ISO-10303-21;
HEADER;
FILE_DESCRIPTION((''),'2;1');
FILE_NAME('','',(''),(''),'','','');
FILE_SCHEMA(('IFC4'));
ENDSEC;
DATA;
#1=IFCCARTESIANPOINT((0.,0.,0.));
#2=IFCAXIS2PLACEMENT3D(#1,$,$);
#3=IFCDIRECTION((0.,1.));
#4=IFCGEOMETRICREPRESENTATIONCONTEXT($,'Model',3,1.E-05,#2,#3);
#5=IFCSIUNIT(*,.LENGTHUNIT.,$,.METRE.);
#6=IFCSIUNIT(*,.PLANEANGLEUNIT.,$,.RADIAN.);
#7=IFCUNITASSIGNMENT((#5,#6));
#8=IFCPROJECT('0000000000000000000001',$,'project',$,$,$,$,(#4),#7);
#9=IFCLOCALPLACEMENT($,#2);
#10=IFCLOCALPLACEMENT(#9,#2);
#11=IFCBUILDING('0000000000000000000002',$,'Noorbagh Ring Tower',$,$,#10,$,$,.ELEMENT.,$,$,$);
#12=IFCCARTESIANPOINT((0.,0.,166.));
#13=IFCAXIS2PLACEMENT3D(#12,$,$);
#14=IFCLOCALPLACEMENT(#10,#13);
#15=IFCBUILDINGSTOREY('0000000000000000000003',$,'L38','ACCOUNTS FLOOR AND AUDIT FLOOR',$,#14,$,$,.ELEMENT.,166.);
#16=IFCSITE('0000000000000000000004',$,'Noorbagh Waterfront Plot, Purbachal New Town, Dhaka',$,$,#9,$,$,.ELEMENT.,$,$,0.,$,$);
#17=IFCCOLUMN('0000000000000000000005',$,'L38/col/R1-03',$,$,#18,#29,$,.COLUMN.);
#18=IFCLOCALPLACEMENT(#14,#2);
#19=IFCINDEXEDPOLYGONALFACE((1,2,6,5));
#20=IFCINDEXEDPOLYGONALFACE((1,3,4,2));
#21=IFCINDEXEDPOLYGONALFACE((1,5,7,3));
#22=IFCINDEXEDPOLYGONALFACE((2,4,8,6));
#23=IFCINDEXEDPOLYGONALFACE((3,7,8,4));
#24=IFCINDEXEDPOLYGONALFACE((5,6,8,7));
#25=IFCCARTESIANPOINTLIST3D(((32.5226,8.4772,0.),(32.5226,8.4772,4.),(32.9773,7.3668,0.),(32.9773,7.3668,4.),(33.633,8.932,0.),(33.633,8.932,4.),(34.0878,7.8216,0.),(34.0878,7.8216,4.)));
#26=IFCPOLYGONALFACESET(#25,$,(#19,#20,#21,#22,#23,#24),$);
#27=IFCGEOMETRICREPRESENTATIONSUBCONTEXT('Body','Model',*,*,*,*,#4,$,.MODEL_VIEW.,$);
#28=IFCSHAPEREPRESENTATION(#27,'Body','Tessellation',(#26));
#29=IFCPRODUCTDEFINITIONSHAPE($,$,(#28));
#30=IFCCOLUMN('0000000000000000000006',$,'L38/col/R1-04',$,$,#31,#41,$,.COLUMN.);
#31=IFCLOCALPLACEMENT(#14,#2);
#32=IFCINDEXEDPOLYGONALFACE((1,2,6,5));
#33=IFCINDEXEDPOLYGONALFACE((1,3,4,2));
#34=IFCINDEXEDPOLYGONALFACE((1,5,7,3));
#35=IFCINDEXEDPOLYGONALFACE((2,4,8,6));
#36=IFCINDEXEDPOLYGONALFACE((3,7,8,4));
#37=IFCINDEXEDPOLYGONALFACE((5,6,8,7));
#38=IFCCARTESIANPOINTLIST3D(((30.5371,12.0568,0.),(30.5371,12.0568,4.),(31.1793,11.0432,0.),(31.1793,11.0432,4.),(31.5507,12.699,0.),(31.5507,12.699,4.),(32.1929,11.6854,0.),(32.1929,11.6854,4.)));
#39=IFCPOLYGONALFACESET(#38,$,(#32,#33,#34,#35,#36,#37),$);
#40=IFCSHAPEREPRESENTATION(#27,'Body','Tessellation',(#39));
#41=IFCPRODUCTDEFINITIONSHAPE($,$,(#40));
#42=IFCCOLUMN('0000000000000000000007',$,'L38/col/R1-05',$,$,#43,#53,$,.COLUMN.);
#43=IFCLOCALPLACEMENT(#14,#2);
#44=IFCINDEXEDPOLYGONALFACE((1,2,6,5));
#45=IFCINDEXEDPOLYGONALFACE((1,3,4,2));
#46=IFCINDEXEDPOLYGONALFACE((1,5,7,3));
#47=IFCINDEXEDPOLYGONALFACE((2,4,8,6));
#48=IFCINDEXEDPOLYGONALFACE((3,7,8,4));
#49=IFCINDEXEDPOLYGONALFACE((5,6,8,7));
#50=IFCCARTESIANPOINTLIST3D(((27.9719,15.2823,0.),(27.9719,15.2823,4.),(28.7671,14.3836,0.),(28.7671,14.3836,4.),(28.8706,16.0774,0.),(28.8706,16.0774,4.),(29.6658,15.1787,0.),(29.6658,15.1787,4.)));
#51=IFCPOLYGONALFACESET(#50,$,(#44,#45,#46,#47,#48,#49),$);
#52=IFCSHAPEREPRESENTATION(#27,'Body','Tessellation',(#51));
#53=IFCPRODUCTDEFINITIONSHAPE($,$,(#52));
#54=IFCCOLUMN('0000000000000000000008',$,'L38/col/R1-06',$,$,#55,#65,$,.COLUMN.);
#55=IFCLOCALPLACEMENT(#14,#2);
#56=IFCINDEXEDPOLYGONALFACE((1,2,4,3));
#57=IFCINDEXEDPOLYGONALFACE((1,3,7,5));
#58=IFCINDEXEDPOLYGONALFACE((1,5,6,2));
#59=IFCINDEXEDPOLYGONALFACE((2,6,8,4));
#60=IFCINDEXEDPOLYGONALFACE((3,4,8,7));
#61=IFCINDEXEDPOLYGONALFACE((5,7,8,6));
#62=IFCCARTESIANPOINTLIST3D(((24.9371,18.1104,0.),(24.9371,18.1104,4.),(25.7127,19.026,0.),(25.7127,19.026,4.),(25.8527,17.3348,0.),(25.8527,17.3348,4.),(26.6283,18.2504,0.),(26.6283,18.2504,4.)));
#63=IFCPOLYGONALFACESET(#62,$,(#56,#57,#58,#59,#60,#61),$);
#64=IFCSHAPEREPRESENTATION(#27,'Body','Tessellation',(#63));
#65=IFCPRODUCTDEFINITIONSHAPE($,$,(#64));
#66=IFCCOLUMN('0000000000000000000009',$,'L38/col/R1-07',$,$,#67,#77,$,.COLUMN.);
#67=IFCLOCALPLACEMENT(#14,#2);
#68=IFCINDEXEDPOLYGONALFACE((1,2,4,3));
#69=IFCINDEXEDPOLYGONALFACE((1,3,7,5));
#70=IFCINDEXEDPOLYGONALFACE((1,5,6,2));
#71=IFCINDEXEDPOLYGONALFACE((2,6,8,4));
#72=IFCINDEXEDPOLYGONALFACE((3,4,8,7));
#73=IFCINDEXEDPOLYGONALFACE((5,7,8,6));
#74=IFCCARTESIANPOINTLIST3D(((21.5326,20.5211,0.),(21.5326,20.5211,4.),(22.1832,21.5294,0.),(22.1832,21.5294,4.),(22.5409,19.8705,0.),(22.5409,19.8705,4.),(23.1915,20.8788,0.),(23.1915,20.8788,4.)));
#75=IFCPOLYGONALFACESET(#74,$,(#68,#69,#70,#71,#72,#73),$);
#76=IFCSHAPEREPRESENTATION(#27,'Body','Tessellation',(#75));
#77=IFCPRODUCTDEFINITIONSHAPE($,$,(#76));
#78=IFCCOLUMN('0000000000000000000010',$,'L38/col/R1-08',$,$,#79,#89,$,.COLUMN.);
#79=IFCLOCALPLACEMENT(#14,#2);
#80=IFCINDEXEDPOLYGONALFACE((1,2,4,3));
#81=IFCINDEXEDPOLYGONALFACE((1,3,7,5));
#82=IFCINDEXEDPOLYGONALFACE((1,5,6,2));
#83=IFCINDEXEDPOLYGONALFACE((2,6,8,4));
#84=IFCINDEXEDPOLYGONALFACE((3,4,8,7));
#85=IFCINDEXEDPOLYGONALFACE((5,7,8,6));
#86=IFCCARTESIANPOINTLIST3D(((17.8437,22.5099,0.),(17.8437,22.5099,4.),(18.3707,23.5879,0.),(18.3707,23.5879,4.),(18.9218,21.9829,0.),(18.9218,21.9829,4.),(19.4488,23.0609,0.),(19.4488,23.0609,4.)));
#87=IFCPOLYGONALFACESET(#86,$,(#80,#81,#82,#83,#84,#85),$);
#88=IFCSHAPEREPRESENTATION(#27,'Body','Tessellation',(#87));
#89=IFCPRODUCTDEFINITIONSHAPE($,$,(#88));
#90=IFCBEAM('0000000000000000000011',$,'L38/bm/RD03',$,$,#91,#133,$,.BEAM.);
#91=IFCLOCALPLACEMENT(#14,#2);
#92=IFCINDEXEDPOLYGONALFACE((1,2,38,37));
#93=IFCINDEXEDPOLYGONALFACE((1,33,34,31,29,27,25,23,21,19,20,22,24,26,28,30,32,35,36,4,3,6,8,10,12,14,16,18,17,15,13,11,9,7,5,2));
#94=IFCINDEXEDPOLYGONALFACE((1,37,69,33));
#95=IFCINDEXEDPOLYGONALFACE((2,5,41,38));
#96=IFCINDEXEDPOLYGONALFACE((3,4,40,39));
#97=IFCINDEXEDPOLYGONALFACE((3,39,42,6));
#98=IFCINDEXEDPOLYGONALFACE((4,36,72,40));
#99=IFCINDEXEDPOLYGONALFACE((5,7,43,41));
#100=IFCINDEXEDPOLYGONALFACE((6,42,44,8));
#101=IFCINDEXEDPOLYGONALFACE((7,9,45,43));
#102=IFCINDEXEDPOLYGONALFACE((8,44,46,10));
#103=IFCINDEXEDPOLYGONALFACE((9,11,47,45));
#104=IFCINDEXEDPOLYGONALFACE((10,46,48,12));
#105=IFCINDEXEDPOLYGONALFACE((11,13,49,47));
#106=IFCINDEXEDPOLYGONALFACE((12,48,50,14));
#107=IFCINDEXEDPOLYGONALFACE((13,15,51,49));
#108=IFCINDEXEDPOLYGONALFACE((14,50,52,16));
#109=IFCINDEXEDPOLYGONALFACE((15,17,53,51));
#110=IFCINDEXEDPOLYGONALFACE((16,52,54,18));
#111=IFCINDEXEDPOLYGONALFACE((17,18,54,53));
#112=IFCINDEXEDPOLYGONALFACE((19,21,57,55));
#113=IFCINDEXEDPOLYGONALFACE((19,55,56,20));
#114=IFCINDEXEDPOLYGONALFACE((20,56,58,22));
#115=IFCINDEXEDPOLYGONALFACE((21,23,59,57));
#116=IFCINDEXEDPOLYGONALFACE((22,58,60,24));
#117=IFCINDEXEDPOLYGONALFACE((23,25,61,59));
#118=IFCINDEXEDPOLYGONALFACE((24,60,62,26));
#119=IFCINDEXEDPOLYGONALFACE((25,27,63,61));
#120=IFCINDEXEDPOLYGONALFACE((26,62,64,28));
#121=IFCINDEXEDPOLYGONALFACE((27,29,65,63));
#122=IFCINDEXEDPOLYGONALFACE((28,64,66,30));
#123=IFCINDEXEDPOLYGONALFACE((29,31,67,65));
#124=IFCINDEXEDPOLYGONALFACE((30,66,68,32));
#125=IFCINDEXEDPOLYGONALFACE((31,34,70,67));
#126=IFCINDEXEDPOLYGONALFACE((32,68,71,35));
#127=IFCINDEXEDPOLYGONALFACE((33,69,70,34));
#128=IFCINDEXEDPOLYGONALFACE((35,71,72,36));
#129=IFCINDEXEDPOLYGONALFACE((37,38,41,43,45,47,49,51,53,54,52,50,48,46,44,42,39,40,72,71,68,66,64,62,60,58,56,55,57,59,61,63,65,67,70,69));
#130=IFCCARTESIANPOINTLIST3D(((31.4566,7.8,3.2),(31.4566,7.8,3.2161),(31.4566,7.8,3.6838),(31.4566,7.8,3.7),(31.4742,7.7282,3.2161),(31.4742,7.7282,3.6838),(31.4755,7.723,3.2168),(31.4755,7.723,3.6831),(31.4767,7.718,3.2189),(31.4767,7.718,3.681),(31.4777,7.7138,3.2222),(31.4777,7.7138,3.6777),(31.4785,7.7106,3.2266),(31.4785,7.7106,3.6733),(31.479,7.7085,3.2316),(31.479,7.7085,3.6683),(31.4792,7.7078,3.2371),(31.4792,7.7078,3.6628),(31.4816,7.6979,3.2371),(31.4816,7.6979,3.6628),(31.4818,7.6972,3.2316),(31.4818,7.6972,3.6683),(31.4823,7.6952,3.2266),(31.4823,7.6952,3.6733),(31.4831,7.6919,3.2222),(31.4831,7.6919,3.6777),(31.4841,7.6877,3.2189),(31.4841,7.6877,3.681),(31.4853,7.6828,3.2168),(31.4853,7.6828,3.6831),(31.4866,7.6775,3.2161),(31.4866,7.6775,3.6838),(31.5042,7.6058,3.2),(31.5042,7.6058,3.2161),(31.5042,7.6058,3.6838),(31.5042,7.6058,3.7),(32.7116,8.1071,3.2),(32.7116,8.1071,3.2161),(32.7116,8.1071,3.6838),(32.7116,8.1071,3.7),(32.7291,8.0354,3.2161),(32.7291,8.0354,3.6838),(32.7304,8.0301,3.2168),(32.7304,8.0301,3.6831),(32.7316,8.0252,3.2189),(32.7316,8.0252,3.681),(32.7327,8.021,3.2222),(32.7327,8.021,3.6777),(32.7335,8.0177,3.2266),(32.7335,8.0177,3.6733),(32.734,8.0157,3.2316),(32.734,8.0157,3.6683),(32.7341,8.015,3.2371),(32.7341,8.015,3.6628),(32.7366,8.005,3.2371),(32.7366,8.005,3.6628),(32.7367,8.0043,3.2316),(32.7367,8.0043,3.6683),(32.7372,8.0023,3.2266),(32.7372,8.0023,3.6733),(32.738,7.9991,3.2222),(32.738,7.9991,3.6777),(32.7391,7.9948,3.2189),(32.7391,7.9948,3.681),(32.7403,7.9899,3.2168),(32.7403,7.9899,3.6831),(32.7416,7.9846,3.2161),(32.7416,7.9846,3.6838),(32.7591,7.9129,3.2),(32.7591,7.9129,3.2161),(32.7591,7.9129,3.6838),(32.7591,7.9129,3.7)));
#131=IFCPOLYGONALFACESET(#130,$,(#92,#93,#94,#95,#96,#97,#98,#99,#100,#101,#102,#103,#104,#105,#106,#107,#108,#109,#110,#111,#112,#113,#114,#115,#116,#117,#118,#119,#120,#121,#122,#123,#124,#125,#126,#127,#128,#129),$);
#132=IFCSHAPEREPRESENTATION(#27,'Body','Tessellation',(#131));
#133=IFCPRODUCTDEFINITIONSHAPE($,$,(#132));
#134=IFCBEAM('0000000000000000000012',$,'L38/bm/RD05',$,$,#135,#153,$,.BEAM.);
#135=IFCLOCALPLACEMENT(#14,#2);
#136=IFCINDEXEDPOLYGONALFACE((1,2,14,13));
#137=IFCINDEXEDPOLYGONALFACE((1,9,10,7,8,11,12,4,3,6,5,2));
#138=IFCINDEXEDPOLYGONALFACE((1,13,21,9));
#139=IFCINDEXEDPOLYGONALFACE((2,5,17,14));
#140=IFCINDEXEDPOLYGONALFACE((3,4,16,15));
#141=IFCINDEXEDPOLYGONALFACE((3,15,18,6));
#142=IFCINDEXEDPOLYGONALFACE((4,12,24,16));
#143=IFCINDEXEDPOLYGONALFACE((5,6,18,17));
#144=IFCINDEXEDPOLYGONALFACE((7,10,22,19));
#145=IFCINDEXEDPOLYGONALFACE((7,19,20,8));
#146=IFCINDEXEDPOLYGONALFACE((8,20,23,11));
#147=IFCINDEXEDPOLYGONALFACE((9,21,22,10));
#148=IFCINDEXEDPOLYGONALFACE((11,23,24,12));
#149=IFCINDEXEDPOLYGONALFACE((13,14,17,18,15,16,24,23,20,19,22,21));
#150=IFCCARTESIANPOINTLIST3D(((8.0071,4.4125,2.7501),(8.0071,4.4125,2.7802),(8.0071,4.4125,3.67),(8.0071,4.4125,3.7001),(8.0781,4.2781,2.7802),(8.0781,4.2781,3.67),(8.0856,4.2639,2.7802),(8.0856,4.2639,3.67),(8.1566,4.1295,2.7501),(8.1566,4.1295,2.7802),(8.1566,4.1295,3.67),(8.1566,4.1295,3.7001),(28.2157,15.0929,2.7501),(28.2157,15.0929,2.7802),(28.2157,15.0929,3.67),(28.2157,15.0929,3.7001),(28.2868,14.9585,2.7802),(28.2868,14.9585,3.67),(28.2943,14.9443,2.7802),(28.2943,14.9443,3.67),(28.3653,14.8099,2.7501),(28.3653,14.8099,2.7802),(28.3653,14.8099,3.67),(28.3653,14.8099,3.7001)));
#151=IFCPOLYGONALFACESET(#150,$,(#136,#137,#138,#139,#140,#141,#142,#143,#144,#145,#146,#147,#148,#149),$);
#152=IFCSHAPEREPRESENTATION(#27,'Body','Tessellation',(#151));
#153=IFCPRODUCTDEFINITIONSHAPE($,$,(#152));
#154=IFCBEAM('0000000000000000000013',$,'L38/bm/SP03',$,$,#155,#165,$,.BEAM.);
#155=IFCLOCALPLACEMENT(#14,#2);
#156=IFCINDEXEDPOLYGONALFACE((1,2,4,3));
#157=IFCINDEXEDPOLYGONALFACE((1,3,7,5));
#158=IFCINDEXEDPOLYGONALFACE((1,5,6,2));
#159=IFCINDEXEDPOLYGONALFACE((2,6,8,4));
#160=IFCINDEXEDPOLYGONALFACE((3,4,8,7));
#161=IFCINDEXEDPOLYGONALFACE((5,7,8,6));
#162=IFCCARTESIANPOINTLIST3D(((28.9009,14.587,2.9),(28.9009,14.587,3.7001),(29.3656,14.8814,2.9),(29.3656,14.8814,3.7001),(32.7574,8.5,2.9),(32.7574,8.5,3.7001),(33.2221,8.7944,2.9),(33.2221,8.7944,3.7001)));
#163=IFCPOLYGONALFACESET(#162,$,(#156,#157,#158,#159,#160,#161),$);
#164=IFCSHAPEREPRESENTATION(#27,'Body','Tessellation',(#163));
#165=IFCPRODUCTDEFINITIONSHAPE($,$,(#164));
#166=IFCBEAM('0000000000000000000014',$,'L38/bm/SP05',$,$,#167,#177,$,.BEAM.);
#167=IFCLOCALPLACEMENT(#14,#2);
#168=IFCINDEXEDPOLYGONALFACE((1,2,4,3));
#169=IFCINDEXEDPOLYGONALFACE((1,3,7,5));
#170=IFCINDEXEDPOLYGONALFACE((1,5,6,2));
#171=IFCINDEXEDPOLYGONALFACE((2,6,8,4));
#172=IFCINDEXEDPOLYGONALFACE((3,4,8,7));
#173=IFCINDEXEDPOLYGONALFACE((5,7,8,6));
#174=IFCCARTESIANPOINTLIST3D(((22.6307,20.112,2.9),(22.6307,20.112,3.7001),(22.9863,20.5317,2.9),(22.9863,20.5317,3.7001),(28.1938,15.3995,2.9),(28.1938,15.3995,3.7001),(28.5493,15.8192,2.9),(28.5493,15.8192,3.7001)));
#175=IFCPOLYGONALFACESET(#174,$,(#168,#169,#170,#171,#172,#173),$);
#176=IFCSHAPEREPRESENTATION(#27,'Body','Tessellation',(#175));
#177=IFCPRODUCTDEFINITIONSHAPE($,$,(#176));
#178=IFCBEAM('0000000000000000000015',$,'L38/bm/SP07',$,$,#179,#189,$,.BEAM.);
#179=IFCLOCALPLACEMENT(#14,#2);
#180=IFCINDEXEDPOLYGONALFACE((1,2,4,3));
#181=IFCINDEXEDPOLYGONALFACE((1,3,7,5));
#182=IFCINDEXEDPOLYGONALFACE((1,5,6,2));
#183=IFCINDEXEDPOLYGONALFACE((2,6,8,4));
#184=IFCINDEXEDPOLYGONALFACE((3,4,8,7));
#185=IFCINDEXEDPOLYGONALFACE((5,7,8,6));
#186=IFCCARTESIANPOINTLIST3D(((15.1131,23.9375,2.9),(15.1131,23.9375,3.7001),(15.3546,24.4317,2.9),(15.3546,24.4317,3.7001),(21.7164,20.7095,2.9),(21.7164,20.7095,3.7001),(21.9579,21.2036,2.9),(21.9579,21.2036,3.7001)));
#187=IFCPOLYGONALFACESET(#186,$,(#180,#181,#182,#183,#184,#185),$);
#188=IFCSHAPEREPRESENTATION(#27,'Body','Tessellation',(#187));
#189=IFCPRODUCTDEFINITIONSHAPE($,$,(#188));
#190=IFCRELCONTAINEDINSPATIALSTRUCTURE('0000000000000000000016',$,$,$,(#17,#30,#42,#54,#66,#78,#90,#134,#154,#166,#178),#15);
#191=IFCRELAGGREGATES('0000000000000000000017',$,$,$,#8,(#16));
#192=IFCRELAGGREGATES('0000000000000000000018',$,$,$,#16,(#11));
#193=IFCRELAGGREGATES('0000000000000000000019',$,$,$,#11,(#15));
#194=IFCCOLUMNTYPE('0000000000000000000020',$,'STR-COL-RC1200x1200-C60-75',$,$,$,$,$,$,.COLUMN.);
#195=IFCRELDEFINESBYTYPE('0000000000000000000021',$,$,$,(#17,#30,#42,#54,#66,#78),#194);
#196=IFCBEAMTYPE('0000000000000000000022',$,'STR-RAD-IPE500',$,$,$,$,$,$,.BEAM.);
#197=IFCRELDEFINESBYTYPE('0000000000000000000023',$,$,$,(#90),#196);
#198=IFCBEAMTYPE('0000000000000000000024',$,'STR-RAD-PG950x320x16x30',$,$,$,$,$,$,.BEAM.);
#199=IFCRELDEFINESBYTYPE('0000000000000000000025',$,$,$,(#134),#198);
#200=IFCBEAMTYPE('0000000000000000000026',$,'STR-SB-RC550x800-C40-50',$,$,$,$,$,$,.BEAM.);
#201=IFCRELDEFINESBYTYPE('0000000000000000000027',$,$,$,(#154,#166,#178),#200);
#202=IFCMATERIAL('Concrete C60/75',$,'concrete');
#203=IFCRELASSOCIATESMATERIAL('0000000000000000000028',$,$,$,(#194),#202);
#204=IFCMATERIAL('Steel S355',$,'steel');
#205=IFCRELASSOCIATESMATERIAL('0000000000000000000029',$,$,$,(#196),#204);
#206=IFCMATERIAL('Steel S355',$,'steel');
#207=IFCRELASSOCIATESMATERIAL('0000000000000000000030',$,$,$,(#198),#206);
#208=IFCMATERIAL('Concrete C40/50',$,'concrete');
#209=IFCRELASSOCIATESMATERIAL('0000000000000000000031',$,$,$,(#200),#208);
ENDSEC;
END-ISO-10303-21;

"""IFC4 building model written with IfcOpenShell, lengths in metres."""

from ifc_helpers import new_model, si_unit, direction, frame, origin, origin_2d, place, context, subcontext, project, spatial, rectangle, i_section, extrude, material, material_profile, profile_set, type_object, element, save


model = new_model("IFC4")

# Units and contexts
model_context = context("Model", 3, precision=1e-05, world=origin(), true_north=direction((0.0, 1.0)))
body_context = subcontext(model_context, "Body", "Model", "MODEL_VIEW")
ifc_project = project(units=[si_unit("LENGTHUNIT", "METRE"), si_unit("PLANEANGLEUNIT", "RADIAN")], contexts=[model_context])

# Site, building, storey
site_placement = place(None, origin())
site = spatial("IfcSite", under=ifc_project, at=site_placement, Name="Noorbagh Waterfront Plot, Purbachal New Town, Dhaka", CompositionType="ELEMENT", RefElevation=0.0)
building_placement = place(site_placement, origin())
building = spatial("IfcBuilding", under=site, at=building_placement, Name="Noorbagh Ring Tower", CompositionType="ELEMENT")
storey_placement = place(building_placement, frame((0.0, 0.0, 166.0)))
storey = spatial("IfcBuildingStorey", under=building, at=storey_placement, Name="L38", Description="ACCOUNTS FLOOR AND AUDIT FLOOR", CompositionType="ELEMENT", Elevation=166.0)

# Columns
ifc_material_1 = material(Name="Concrete C60/75", Category="concrete")
ifc_material_profile_1 = material_profile(ifc_material_1, rectangle(XDim=1.2, YDim=1.2, at=origin_2d()), Name="RC1200x1200")
ifc_profile_set_1 = profile_set([ifc_material_profile_1], Name="Concrete C60/75")
column_type = type_object("IfcColumnType", Name="STR-COL-RC1200x1200-C60-75", PredefinedType="COLUMN", material=ifc_profile_set_1)
for number, where, z_axis, x_axis, name in (
    (1, (33.3052, 8.1494, 0.0), (0.0, 0.0, 1.0), (-0.378989, 0.925401, 0.0), "L38/col/R1-03"),
    (2, (31.365, 11.8711, 0.0), (0.0, 0.0, 1.0), (-0.53519, 0.844731, 0.0), "L38/col/R1-04"),
    (3, (28.8188, 15.2305, 0.0), (0.0, 0.0, 1.0), (-0.662636, 0.748942, 0.0), "L38/col/R1-05"),
    (4, (25.7827, 18.1804, 0.0), (0.0, 0.0, 1.0), (-0.763035, 0.646357, 0.0), "L38/col/R1-06"),
    (5, (22.3621, 20.7, 0.0), (0.0, 0.0, 1.0), (-0.840248, 0.542203, 0.0), "L38/col/R1-07"),
    (6, (18.6462, 22.7854, 0.0), (0.0, 0.0, 1.0), (-0.898399, 0.43918, 0.0), "L38/col/R1-08"),
):
    element("IfcColumn", number, at=place(storey_placement, frame(where, z_axis=z_axis, x_axis=x_axis)), inside=storey, type_object=column_type, Name=name, PredefinedType="COLUMN", context=body_context, shape_type="SweptSolid", body=[
        extrude(rectangle(XDim=1.2, YDim=1.2, at=origin_2d()), origin(), (0.0, 0.0, 1.0), 4.0),
    ])

# Beams
ifc_material_2 = material(Name="Steel S355", Category="steel")
ifc_material_profile_2 = material_profile(ifc_material_2, i_section(OverallWidth=0.2, OverallDepth=0.5, WebThickness=0.0103, FlangeThickness=0.0161, FilletRadius=0.021, at=origin_2d()), Name="IPE500")
ifc_profile_set_2 = profile_set([ifc_material_profile_2], Name="Steel S355")
beam_type_1 = type_object("IfcBeamType", Name="STR-RAD-IPE500", PredefinedType="BEAM", material=ifc_profile_set_2)
beam_1_placement = place(storey_placement, frame((32.7354, 8.01, 3.45), z_axis=(-0.971331, -0.23773, 0.0), x_axis=(0.23773, -0.971331, 0.0)))
element("IfcBeam", 7, at=beam_1_placement, inside=storey, type_object=beam_type_1, Name="L38/bm/RD03", PredefinedType="BEAM", context=body_context, shape_type="SweptSolid", body=[
    extrude(i_section(OverallWidth=0.2, OverallDepth=0.5, WebThickness=0.0103, FlangeThickness=0.0161, FilletRadius=0.021, at=origin_2d()), origin(), (0.0, 0.0, 1.0), 1.292),
])
ifc_material_3 = material(Name="Steel S355", Category="steel")
ifc_material_profile_3 = material_profile(ifc_material_3, i_section(OverallWidth=0.3201, OverallDepth=0.95, WebThickness=0.0161, FlangeThickness=0.03, at=origin_2d()), Name="PG950x320x16x30")
ifc_profile_set_3 = profile_set([ifc_material_profile_3], Name="Steel S355")
beam_type_2 = type_object("IfcBeamType", Name="STR-RAD-PG950x320x16x30", PredefinedType="BEAM", material=ifc_profile_set_3)
beam_2_placement = place(storey_placement, frame((28.2905, 14.9514, 3.2251), z_axis=(-0.884119, -0.467261, 0.0), x_axis=(0.467261, -0.884119, 0.0)))
element("IfcBeam", 8, at=beam_2_placement, inside=storey, type_object=beam_type_2, Name="L38/bm/RD05", PredefinedType="BEAM", context=body_context, shape_type="SweptSolid", body=[
    extrude(i_section(OverallWidth=0.3201, OverallDepth=0.95, WebThickness=0.0161, FlangeThickness=0.03, at=origin_2d()), origin(), (0.0, 0.0, 1.0), 22.8574),
])
ifc_material_4 = material(Name="Concrete C40/50", Category="concrete")
ifc_material_profile_4 = material_profile(ifc_material_4, rectangle(XDim=0.55, YDim=0.8, at=origin_2d()), Name="RC550x800")
ifc_profile_set_4 = profile_set([ifc_material_profile_4], Name="Concrete C40/50")
beam_type_3 = type_object("IfcBeamType", Name="STR-SB-RC550x800-C40-50", PredefinedType="BEAM", material=ifc_profile_set_4)
beam_3_placement = place(storey_placement, frame((32.9897, 8.6472, 3.3), z_axis=(-0.535191, 0.844731, 0.0), x_axis=(-0.844731, -0.535191, 0.0)))
element("IfcBeam", 9, at=beam_3_placement, inside=storey, type_object=beam_type_3, Name="L38/bm/SP03", PredefinedType="BEAM", context=body_context, shape_type="SweptSolid", body=[
    extrude(rectangle(XDim=0.55, YDim=0.8, at=origin_2d()), origin(), (0.0, 0.0, 1.0), 7.2058),
])
beam_4_placement = place(storey_placement, frame((28.3716, 15.6094, 3.3), z_axis=(-0.763031, 0.646362, 0.0), x_axis=(-0.646362, -0.763031, 0.0)))
element("IfcBeam", 10, at=beam_4_placement, inside=storey, type_object=beam_type_3, Name="L38/bm/SP05", PredefinedType="BEAM", context=body_context, shape_type="SweptSolid", body=[
    extrude(rectangle(XDim=0.55, YDim=0.8, at=origin_2d()), origin(), (0.0, 0.0, 1.0), 7.2908),
])
beam_5_placement = place(storey_placement, frame((21.8372, 20.9565, 3.3), z_axis=(-0.898397, 0.439184, 0.0), x_axis=(-0.439184, -0.898397, 0.0)))
element("IfcBeam", 11, at=beam_5_placement, inside=storey, type_object=beam_type_3, Name="L38/bm/SP07", PredefinedType="BEAM", context=body_context, shape_type="SweptSolid", body=[
    extrude(rectangle(XDim=0.55, YDim=0.8, at=origin_2d()), origin(), (0.0, 0.0, 1.0), 7.3501),
])

save(model, "model.ifc")
